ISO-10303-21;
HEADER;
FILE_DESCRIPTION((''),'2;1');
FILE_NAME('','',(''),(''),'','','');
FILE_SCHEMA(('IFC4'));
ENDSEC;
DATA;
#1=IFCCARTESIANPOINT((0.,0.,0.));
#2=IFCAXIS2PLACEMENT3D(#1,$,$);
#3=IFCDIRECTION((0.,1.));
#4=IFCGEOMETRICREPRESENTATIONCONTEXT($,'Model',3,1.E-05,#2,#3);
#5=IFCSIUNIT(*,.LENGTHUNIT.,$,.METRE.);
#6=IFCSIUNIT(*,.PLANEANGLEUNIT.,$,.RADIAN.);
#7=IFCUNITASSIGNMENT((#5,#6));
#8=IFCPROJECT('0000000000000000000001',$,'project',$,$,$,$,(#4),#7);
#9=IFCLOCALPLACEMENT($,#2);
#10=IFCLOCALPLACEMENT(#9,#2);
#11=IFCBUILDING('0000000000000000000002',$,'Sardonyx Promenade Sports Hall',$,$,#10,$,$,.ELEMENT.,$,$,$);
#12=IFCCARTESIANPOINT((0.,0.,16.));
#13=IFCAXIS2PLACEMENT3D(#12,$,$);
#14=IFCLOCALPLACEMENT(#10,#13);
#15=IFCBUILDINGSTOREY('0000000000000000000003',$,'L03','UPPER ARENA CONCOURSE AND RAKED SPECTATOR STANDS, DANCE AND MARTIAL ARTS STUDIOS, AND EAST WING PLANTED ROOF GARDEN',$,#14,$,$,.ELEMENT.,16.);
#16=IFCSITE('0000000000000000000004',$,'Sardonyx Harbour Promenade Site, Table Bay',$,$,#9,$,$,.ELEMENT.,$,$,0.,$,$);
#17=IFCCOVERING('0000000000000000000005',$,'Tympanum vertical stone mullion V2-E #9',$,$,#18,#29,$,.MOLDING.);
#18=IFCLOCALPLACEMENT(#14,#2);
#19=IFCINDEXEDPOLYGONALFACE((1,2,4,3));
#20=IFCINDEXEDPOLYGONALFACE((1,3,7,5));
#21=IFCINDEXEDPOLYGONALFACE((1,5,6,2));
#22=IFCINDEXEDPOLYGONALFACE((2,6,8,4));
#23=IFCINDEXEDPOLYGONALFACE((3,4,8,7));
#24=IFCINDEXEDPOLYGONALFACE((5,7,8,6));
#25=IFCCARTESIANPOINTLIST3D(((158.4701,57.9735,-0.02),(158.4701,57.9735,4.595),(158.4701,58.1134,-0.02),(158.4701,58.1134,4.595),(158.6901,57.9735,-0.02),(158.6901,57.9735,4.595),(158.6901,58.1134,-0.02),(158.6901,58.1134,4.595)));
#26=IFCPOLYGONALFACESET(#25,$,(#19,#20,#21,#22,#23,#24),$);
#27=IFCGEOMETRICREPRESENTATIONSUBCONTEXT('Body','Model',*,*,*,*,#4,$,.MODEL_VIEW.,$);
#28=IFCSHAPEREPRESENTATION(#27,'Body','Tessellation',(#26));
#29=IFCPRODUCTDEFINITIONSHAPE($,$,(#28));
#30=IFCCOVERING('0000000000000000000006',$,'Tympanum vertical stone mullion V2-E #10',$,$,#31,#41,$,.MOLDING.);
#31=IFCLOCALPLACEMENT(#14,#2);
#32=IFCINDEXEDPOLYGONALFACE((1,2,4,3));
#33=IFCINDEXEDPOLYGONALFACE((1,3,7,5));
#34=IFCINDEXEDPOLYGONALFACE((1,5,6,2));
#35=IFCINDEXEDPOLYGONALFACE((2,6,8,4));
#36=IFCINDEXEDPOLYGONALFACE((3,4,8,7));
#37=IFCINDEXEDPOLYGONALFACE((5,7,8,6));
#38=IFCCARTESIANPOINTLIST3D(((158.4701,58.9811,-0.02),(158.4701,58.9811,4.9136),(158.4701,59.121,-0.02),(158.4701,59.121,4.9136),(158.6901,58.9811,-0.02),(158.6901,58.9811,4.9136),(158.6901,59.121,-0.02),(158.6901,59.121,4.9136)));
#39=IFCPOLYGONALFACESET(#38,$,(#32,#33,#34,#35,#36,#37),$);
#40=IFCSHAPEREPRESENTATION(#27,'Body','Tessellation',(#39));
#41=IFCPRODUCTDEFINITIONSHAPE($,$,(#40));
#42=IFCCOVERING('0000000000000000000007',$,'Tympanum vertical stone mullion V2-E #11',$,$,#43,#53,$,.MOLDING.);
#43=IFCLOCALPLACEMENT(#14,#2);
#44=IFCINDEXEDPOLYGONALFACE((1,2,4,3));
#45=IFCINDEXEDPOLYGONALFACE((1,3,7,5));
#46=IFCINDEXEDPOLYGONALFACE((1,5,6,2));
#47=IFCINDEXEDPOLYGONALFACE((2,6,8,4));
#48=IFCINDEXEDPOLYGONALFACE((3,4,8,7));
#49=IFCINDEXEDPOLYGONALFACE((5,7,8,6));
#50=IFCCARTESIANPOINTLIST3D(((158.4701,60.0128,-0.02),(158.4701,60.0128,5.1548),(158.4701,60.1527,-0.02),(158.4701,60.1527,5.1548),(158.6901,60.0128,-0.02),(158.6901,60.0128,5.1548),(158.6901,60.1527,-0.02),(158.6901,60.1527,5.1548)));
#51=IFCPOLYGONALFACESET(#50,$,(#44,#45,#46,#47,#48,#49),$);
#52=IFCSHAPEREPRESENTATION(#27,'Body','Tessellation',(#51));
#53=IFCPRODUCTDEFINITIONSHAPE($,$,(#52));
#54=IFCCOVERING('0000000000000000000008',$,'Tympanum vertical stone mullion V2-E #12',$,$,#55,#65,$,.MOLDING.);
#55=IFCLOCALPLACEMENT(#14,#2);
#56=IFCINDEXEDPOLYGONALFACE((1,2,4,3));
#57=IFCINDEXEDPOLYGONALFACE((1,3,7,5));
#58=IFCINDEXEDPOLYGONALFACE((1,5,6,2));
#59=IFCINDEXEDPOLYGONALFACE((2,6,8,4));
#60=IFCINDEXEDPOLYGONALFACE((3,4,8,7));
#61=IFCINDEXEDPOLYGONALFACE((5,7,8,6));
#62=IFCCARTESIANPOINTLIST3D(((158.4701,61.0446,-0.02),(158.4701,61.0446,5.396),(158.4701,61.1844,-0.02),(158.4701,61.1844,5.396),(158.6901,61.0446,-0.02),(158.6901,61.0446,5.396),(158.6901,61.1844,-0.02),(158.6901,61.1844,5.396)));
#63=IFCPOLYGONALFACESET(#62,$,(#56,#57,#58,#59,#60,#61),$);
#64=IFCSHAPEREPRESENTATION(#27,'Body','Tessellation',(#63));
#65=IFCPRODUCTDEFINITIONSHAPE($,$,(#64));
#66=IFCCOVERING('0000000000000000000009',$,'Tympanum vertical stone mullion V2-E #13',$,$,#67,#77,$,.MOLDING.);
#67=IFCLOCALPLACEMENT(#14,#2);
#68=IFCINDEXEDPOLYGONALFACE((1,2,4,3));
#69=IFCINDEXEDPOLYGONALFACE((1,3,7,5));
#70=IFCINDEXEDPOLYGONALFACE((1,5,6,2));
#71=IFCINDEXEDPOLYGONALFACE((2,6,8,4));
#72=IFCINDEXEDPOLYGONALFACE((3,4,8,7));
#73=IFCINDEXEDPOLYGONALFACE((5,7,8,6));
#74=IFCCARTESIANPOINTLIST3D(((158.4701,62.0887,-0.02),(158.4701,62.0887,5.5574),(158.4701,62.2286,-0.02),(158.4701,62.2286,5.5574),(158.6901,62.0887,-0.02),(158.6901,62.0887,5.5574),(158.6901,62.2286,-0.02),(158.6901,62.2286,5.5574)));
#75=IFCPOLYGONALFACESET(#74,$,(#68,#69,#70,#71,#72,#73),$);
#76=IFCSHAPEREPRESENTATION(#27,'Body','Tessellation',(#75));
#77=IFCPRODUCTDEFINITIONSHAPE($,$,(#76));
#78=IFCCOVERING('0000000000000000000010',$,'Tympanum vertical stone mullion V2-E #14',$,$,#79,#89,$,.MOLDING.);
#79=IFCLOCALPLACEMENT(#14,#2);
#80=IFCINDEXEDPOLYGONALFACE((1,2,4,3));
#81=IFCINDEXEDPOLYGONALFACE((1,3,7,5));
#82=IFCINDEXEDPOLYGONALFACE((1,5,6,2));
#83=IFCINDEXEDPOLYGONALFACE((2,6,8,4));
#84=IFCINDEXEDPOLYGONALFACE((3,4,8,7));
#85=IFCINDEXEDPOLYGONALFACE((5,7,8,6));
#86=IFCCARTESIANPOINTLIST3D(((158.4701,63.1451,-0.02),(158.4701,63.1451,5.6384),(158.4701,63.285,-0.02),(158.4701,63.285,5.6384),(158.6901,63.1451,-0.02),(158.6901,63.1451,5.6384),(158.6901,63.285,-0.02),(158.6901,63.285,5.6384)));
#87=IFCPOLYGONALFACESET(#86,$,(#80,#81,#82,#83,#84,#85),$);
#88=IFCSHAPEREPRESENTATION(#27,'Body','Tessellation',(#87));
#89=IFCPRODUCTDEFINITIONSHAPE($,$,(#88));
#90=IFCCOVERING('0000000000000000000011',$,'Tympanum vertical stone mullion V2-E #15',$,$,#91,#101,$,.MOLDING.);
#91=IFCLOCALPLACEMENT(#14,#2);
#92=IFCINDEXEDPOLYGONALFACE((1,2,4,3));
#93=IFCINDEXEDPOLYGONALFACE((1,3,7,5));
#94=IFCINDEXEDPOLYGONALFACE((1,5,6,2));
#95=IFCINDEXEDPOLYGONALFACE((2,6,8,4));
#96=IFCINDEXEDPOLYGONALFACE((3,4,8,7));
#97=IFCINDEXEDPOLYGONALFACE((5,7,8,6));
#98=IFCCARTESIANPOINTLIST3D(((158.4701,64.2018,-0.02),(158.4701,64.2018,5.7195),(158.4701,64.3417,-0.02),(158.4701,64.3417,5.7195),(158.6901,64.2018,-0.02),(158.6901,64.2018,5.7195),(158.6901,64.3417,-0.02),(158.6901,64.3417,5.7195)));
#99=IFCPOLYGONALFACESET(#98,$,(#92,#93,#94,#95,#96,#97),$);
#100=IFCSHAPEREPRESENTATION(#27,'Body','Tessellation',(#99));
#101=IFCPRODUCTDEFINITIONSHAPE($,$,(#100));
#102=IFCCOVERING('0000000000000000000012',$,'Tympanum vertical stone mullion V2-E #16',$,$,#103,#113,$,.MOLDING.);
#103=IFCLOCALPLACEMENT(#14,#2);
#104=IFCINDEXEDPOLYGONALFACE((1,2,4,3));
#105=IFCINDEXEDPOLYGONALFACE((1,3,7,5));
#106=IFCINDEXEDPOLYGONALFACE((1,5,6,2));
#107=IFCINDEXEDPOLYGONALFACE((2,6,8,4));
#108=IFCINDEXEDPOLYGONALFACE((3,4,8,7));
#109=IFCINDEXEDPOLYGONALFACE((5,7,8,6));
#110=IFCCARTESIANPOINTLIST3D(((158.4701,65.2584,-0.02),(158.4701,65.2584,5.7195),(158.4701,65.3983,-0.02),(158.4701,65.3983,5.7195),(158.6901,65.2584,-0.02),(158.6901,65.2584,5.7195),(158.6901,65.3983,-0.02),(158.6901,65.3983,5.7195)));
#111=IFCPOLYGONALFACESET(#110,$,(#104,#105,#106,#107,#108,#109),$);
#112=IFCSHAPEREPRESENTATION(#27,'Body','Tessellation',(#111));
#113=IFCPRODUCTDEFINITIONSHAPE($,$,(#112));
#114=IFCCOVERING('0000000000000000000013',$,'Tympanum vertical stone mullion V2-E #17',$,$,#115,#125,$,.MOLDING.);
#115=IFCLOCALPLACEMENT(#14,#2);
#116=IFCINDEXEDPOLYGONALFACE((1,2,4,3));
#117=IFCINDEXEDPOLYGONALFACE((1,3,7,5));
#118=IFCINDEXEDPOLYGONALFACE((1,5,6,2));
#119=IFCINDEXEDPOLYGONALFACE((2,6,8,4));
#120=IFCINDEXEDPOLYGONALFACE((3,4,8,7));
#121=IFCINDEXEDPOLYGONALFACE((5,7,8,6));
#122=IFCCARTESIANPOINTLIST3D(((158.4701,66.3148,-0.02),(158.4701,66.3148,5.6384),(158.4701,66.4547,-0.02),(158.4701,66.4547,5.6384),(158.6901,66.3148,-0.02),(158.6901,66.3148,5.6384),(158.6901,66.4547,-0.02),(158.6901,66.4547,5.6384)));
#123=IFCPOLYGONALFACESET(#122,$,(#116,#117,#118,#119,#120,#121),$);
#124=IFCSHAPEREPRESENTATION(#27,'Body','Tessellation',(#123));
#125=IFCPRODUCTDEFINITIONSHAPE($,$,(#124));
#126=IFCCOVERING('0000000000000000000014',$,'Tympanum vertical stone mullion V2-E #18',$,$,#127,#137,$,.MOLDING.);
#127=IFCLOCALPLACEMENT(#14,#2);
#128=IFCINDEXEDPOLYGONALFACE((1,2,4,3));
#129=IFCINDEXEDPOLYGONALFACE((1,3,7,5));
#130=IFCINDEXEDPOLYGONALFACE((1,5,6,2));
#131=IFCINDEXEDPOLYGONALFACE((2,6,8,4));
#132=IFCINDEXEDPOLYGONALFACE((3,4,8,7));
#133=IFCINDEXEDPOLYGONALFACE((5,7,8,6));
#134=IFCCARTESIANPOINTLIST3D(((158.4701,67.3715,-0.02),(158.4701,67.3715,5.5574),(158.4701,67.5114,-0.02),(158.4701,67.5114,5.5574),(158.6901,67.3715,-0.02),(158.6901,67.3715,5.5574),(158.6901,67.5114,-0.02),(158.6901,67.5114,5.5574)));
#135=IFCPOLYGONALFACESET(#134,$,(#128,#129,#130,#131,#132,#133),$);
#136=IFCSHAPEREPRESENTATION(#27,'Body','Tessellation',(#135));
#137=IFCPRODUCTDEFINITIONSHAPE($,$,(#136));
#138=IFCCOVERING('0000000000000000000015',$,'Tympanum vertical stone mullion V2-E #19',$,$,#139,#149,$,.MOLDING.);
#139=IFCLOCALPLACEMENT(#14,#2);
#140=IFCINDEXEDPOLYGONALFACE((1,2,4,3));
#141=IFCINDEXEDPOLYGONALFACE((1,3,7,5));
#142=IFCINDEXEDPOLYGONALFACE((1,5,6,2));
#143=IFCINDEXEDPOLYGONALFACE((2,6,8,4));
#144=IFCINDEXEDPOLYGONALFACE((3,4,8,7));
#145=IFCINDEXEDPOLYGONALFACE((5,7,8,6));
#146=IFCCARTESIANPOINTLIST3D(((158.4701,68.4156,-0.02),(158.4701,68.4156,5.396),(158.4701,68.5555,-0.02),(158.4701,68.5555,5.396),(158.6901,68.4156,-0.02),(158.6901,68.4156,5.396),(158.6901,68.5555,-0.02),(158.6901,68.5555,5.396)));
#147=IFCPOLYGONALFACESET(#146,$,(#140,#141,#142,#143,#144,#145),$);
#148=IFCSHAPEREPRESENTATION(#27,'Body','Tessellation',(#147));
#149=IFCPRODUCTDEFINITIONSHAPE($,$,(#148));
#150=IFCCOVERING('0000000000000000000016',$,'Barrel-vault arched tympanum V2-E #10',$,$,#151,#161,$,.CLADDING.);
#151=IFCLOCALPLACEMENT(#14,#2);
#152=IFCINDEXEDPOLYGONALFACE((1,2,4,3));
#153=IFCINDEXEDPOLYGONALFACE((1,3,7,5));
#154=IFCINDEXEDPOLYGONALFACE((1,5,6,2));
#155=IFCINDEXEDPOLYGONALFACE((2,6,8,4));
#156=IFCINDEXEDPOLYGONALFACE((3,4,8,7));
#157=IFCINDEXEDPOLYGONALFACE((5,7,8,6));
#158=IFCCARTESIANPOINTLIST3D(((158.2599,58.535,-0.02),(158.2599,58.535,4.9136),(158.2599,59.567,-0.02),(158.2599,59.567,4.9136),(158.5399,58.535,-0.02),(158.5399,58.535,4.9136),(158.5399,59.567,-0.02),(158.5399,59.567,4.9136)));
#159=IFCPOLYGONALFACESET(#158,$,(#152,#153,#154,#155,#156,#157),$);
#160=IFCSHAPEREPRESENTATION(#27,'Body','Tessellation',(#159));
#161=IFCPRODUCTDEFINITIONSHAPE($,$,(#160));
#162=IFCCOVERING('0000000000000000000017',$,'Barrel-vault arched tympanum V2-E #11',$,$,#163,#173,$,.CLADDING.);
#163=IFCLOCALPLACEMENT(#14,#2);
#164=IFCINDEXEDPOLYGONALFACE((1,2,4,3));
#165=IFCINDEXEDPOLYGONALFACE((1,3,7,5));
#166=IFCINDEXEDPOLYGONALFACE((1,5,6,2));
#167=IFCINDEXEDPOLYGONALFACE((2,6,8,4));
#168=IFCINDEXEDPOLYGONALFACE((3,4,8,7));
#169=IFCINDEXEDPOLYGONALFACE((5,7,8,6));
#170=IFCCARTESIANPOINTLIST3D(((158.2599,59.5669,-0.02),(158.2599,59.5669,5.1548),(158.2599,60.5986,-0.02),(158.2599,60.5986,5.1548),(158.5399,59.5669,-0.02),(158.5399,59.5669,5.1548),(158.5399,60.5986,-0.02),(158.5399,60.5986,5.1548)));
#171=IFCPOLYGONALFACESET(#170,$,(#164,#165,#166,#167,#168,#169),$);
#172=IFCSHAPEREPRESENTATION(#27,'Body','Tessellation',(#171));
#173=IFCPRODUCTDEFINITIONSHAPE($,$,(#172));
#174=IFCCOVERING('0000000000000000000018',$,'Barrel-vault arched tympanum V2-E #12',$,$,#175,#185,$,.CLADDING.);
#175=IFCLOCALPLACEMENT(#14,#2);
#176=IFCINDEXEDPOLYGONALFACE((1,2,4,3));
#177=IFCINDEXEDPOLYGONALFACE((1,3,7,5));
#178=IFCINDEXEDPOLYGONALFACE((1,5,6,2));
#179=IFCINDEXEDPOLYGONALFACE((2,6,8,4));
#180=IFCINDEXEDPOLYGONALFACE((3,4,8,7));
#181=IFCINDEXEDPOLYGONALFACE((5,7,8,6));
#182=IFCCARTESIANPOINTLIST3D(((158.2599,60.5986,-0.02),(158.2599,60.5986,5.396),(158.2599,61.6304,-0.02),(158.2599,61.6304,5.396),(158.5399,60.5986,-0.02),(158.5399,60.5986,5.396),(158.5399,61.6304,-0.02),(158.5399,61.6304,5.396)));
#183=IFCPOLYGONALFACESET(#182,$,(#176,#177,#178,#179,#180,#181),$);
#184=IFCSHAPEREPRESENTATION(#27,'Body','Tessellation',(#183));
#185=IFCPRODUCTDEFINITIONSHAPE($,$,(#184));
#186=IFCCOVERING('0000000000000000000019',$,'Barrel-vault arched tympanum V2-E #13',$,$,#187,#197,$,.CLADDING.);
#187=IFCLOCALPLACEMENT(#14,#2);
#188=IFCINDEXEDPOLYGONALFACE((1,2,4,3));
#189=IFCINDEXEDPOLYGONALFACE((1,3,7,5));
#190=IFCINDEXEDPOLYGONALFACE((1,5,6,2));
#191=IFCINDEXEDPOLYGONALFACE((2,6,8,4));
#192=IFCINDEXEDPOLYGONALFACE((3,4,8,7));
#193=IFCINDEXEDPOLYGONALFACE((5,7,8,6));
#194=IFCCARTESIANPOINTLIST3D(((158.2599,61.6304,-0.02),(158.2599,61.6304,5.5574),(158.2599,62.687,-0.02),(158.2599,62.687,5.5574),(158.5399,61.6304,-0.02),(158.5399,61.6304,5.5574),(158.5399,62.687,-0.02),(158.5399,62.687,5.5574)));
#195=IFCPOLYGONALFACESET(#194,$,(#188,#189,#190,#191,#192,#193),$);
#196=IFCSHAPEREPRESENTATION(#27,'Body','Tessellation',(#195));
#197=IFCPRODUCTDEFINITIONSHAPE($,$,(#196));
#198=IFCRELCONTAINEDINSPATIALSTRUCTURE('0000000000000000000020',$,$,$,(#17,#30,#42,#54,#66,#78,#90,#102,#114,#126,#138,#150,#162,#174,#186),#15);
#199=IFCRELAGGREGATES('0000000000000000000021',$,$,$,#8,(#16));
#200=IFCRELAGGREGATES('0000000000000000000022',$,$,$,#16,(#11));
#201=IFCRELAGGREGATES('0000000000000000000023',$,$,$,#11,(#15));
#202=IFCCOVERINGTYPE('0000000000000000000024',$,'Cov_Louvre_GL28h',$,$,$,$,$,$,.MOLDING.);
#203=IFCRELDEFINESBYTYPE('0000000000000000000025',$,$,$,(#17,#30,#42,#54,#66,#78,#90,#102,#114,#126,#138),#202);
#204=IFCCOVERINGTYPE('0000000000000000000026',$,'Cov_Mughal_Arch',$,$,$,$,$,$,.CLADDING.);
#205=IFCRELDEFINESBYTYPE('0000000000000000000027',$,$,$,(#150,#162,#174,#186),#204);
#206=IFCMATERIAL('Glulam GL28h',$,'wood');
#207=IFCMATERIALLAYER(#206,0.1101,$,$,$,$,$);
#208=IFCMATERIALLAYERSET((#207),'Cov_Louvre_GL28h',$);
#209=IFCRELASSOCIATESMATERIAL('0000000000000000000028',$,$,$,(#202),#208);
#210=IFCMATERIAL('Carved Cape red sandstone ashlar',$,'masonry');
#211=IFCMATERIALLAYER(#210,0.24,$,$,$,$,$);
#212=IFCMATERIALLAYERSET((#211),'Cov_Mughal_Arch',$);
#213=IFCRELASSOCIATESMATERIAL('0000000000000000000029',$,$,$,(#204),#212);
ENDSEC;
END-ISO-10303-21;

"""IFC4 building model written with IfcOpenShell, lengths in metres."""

from ifc_helpers import new_model, si_unit, direction, frame, frame_2d, origin, origin_2d, place, context, subcontext, project, spatial, rectangle, extrude, material, layer, layer_set, type_object, element, save


model = new_model("IFC4")

# Units and contexts
model_context = context("Model", 3, precision=1e-05, world=origin(), true_north=direction((0.0, 1.0)))
body_context = subcontext(model_context, "Body", "Model", "MODEL_VIEW")
ifc_project = project(units=[si_unit("LENGTHUNIT", "METRE"), si_unit("PLANEANGLEUNIT", "RADIAN")], contexts=[model_context])

# Site, building, storey
site_placement = place(None, origin())
site = spatial("IfcSite", under=ifc_project, at=site_placement, Name="Sardonyx Harbour Promenade Site, Table Bay", CompositionType="ELEMENT", RefElevation=0.0)
building_placement = place(site_placement, origin())
building = spatial("IfcBuilding", under=site, at=building_placement, Name="Sardonyx Promenade Sports Hall", CompositionType="ELEMENT")
storey_placement = place(building_placement, frame((0.0, 0.0, 16.0)))
storey = spatial("IfcBuildingStorey", under=building, at=storey_placement, Name="L03", Description="UPPER ARENA CONCOURSE AND RAKED SPECTATOR STANDS, DANCE AND MARTIAL ARTS STUDIOS, AND EAST WING PLANTED ROOF GARDEN", CompositionType="ELEMENT", Elevation=16.0)

# Coverings
ifc_material_1 = material(Name="Glulam GL28h", Category="wood")
ifc_layer_1 = layer(ifc_material_1, 0.1101)
ifc_layer_set_1 = layer_set([ifc_layer_1], Name="Cov_Louvre_GL28h")
covering_type_1 = type_object("IfcCoveringType", Name="Cov_Louvre_GL28h", PredefinedType="MOLDING", material=ifc_layer_set_1)
covering_1_placement = place(storey_placement, frame((158.5801, 58.0435, -0.02), z_axis=(0.0, 0.0, 1.0), x_axis=(1.0, 0.0, 0.0)))
element("IfcCovering", 1, at=covering_1_placement, inside=storey, type_object=covering_type_1, Name="Tympanum vertical stone mullion V2-E #9", PredefinedType="MOLDING", context=body_context, shape_type="SweptSolid", body=[
    extrude(rectangle(XDim=0.22, YDim=0.1399, at=origin_2d()), origin(), (0.0, 0.0, 1.0), 4.615),
])
covering_2_placement = place(storey_placement, frame((158.5801, 59.051, -0.02), z_axis=(0.0, 0.0, 1.0), x_axis=(1.0, 0.0, 0.0)))
element("IfcCovering", 2, at=covering_2_placement, inside=storey, type_object=covering_type_1, Name="Tympanum vertical stone mullion V2-E #10", PredefinedType="MOLDING", context=body_context, shape_type="SweptSolid", body=[
    extrude(rectangle(XDim=0.22, YDim=0.1399, at=origin_2d()), origin(), (0.0, 0.0, 1.0), 4.9336),
])
covering_3_placement = place(storey_placement, frame((158.5801, 60.0828, -0.02), z_axis=(0.0, 0.0, 1.0), x_axis=(1.0, 0.0, 0.0)))
element("IfcCovering", 3, at=covering_3_placement, inside=storey, type_object=covering_type_1, Name="Tympanum vertical stone mullion V2-E #11", PredefinedType="MOLDING", context=body_context, shape_type="SweptSolid", body=[
    extrude(rectangle(XDim=0.22, YDim=0.1399, at=origin_2d()), origin(), (0.0, 0.0, 1.0), 5.1748),
])
covering_4_placement = place(storey_placement, frame((158.5801, 61.1145, -0.02), z_axis=(0.0, 0.0, 1.0), x_axis=(1.0, 0.0, 0.0)))
element("IfcCovering", 4, at=covering_4_placement, inside=storey, type_object=covering_type_1, Name="Tympanum vertical stone mullion V2-E #12", PredefinedType="MOLDING", context=body_context, shape_type="SweptSolid", body=[
    extrude(rectangle(XDim=0.22, YDim=0.1399, at=origin_2d()), origin(), (0.0, 0.0, 1.0), 5.416),
])
covering_5_placement = place(storey_placement, frame((158.5801, 62.1587, -0.02), z_axis=(0.0, 0.0, 1.0), x_axis=(1.0, 0.0, 0.0)))
element("IfcCovering", 5, at=covering_5_placement, inside=storey, type_object=covering_type_1, Name="Tympanum vertical stone mullion V2-E #13", PredefinedType="MOLDING", context=body_context, shape_type="SweptSolid", body=[
    extrude(rectangle(XDim=0.22, YDim=0.1399, at=origin_2d()), origin(), (0.0, 0.0, 1.0), 5.5774),
])
covering_6_placement = place(storey_placement, frame((158.5801, 63.2151, -0.02), z_axis=(0.0, 0.0, 1.0), x_axis=(1.0, 0.0, 0.0)))
element("IfcCovering", 6, at=covering_6_placement, inside=storey, type_object=covering_type_1, Name="Tympanum vertical stone mullion V2-E #14", PredefinedType="MOLDING", context=body_context, shape_type="SweptSolid", body=[
    extrude(rectangle(XDim=0.22, YDim=0.1399, at=origin_2d()), origin(), (0.0, 0.0, 1.0), 5.6584),
])
for number, where, z_axis, x_axis, name in (
    (7, (158.5801, 64.2717, -0.02), (0.0, 0.0, 1.0), (1.0, 0.0, 0.0), "Tympanum vertical stone mullion V2-E #15"),
    (8, (158.5801, 65.3284, -0.02), (0.0, 0.0, 1.0), (1.0, 0.0, 0.0), "Tympanum vertical stone mullion V2-E #16"),
):
    element("IfcCovering", number, at=place(storey_placement, frame(where, z_axis=z_axis, x_axis=x_axis)), inside=storey, type_object=covering_type_1, Name=name, PredefinedType="MOLDING", context=body_context, shape_type="SweptSolid", body=[
        extrude(rectangle(XDim=0.22, YDim=0.1399, at=origin_2d()), origin(), (0.0, 0.0, 1.0), 5.7395),
    ])
covering_7_placement = place(storey_placement, frame((158.5801, 66.3848, -0.02), z_axis=(0.0, 0.0, 1.0), x_axis=(1.0, 0.0, 0.0)))
element("IfcCovering", 9, at=covering_7_placement, inside=storey, type_object=covering_type_1, Name="Tympanum vertical stone mullion V2-E #17", PredefinedType="MOLDING", context=body_context, shape_type="SweptSolid", body=[
    extrude(rectangle(XDim=0.22, YDim=0.1399, at=origin_2d()), origin(), (0.0, 0.0, 1.0), 5.6584),
])
covering_8_placement = place(storey_placement, frame((158.5801, 67.4414, -0.02), z_axis=(0.0, 0.0, 1.0), x_axis=(1.0, 0.0, 0.0)))
element("IfcCovering", 10, at=covering_8_placement, inside=storey, type_object=covering_type_1, Name="Tympanum vertical stone mullion V2-E #18", PredefinedType="MOLDING", context=body_context, shape_type="SweptSolid", body=[
    extrude(rectangle(XDim=0.22, YDim=0.1399, at=origin_2d()), origin(), (0.0, 0.0, 1.0), 5.5774),
])
covering_9_placement = place(storey_placement, frame((158.5801, 68.4856, -0.02), z_axis=(0.0, 0.0, 1.0), x_axis=(1.0, 0.0, 0.0)))
element("IfcCovering", 11, at=covering_9_placement, inside=storey, type_object=covering_type_1, Name="Tympanum vertical stone mullion V2-E #19", PredefinedType="MOLDING", context=body_context, shape_type="SweptSolid", body=[
    extrude(rectangle(XDim=0.22, YDim=0.1399, at=origin_2d()), origin(), (0.0, 0.0, 1.0), 5.416),
])
ifc_material_2 = material(Name="Carved Cape red sandstone ashlar", Category="masonry")
ifc_layer_2 = layer(ifc_material_2, 0.24)
ifc_layer_set_2 = layer_set([ifc_layer_2], Name="Cov_Mughal_Arch")
covering_type_2 = type_object("IfcCoveringType", Name="Cov_Mughal_Arch", PredefinedType="CLADDING", material=ifc_layer_set_2)
covering_10_placement = place(storey_placement, frame((158.3999, 58.5349, -0.02), z_axis=(0.0, 0.0, 1.0), x_axis=(0.0, 1.0, 0.0)))
element("IfcCovering", 12, at=covering_10_placement, inside=storey, type_object=covering_type_2, Name="Barrel-vault arched tympanum V2-E #10", PredefinedType="CLADDING", context=body_context, shape_type="SweptSolid", body=[
    extrude(rectangle(XDim=1.032, YDim=0.28, at=frame_2d((0.5161, 0.0))), origin(), (0.0, 0.0, 1.0), 4.9336),
])
covering_11_placement = place(storey_placement, frame((158.3999, 59.5669, -0.02), z_axis=(0.0, 0.0, 1.0), x_axis=(0.0, 1.0, 0.0)))
element("IfcCovering", 13, at=covering_11_placement, inside=storey, type_object=covering_type_2, Name="Barrel-vault arched tympanum V2-E #11", PredefinedType="CLADDING", context=body_context, shape_type="SweptSolid", body=[
    extrude(rectangle(XDim=1.0317, YDim=0.28, at=frame_2d((0.5159, 0.0))), origin(), (0.0, 0.0, 1.0), 5.1748),
])
covering_12_placement = place(storey_placement, frame((158.3999, 60.5986, -0.02), z_axis=(0.0, 0.0, 1.0), x_axis=(0.0, 1.0, 0.0)))
element("IfcCovering", 14, at=covering_12_placement, inside=storey, type_object=covering_type_2, Name="Barrel-vault arched tympanum V2-E #12", PredefinedType="CLADDING", context=body_context, shape_type="SweptSolid", body=[
    extrude(rectangle(XDim=1.0317, YDim=0.28, at=frame_2d((0.5159, 0.0))), origin(), (0.0, 0.0, 1.0), 5.416),
])
covering_13_placement = place(storey_placement, frame((158.3999, 61.6304, -0.02), z_axis=(0.0, 0.0, 1.0), x_axis=(0.0, 1.0, 0.0)))
element("IfcCovering", 15, at=covering_13_placement, inside=storey, type_object=covering_type_2, Name="Barrel-vault arched tympanum V2-E #13", PredefinedType="CLADDING", context=body_context, shape_type="SweptSolid", body=[
    extrude(rectangle(XDim=1.0566, YDim=0.28, at=frame_2d((0.5283, 0.0))), origin(), (0.0, 0.0, 1.0), 5.5774),
])

save(model, "model.ifc")
